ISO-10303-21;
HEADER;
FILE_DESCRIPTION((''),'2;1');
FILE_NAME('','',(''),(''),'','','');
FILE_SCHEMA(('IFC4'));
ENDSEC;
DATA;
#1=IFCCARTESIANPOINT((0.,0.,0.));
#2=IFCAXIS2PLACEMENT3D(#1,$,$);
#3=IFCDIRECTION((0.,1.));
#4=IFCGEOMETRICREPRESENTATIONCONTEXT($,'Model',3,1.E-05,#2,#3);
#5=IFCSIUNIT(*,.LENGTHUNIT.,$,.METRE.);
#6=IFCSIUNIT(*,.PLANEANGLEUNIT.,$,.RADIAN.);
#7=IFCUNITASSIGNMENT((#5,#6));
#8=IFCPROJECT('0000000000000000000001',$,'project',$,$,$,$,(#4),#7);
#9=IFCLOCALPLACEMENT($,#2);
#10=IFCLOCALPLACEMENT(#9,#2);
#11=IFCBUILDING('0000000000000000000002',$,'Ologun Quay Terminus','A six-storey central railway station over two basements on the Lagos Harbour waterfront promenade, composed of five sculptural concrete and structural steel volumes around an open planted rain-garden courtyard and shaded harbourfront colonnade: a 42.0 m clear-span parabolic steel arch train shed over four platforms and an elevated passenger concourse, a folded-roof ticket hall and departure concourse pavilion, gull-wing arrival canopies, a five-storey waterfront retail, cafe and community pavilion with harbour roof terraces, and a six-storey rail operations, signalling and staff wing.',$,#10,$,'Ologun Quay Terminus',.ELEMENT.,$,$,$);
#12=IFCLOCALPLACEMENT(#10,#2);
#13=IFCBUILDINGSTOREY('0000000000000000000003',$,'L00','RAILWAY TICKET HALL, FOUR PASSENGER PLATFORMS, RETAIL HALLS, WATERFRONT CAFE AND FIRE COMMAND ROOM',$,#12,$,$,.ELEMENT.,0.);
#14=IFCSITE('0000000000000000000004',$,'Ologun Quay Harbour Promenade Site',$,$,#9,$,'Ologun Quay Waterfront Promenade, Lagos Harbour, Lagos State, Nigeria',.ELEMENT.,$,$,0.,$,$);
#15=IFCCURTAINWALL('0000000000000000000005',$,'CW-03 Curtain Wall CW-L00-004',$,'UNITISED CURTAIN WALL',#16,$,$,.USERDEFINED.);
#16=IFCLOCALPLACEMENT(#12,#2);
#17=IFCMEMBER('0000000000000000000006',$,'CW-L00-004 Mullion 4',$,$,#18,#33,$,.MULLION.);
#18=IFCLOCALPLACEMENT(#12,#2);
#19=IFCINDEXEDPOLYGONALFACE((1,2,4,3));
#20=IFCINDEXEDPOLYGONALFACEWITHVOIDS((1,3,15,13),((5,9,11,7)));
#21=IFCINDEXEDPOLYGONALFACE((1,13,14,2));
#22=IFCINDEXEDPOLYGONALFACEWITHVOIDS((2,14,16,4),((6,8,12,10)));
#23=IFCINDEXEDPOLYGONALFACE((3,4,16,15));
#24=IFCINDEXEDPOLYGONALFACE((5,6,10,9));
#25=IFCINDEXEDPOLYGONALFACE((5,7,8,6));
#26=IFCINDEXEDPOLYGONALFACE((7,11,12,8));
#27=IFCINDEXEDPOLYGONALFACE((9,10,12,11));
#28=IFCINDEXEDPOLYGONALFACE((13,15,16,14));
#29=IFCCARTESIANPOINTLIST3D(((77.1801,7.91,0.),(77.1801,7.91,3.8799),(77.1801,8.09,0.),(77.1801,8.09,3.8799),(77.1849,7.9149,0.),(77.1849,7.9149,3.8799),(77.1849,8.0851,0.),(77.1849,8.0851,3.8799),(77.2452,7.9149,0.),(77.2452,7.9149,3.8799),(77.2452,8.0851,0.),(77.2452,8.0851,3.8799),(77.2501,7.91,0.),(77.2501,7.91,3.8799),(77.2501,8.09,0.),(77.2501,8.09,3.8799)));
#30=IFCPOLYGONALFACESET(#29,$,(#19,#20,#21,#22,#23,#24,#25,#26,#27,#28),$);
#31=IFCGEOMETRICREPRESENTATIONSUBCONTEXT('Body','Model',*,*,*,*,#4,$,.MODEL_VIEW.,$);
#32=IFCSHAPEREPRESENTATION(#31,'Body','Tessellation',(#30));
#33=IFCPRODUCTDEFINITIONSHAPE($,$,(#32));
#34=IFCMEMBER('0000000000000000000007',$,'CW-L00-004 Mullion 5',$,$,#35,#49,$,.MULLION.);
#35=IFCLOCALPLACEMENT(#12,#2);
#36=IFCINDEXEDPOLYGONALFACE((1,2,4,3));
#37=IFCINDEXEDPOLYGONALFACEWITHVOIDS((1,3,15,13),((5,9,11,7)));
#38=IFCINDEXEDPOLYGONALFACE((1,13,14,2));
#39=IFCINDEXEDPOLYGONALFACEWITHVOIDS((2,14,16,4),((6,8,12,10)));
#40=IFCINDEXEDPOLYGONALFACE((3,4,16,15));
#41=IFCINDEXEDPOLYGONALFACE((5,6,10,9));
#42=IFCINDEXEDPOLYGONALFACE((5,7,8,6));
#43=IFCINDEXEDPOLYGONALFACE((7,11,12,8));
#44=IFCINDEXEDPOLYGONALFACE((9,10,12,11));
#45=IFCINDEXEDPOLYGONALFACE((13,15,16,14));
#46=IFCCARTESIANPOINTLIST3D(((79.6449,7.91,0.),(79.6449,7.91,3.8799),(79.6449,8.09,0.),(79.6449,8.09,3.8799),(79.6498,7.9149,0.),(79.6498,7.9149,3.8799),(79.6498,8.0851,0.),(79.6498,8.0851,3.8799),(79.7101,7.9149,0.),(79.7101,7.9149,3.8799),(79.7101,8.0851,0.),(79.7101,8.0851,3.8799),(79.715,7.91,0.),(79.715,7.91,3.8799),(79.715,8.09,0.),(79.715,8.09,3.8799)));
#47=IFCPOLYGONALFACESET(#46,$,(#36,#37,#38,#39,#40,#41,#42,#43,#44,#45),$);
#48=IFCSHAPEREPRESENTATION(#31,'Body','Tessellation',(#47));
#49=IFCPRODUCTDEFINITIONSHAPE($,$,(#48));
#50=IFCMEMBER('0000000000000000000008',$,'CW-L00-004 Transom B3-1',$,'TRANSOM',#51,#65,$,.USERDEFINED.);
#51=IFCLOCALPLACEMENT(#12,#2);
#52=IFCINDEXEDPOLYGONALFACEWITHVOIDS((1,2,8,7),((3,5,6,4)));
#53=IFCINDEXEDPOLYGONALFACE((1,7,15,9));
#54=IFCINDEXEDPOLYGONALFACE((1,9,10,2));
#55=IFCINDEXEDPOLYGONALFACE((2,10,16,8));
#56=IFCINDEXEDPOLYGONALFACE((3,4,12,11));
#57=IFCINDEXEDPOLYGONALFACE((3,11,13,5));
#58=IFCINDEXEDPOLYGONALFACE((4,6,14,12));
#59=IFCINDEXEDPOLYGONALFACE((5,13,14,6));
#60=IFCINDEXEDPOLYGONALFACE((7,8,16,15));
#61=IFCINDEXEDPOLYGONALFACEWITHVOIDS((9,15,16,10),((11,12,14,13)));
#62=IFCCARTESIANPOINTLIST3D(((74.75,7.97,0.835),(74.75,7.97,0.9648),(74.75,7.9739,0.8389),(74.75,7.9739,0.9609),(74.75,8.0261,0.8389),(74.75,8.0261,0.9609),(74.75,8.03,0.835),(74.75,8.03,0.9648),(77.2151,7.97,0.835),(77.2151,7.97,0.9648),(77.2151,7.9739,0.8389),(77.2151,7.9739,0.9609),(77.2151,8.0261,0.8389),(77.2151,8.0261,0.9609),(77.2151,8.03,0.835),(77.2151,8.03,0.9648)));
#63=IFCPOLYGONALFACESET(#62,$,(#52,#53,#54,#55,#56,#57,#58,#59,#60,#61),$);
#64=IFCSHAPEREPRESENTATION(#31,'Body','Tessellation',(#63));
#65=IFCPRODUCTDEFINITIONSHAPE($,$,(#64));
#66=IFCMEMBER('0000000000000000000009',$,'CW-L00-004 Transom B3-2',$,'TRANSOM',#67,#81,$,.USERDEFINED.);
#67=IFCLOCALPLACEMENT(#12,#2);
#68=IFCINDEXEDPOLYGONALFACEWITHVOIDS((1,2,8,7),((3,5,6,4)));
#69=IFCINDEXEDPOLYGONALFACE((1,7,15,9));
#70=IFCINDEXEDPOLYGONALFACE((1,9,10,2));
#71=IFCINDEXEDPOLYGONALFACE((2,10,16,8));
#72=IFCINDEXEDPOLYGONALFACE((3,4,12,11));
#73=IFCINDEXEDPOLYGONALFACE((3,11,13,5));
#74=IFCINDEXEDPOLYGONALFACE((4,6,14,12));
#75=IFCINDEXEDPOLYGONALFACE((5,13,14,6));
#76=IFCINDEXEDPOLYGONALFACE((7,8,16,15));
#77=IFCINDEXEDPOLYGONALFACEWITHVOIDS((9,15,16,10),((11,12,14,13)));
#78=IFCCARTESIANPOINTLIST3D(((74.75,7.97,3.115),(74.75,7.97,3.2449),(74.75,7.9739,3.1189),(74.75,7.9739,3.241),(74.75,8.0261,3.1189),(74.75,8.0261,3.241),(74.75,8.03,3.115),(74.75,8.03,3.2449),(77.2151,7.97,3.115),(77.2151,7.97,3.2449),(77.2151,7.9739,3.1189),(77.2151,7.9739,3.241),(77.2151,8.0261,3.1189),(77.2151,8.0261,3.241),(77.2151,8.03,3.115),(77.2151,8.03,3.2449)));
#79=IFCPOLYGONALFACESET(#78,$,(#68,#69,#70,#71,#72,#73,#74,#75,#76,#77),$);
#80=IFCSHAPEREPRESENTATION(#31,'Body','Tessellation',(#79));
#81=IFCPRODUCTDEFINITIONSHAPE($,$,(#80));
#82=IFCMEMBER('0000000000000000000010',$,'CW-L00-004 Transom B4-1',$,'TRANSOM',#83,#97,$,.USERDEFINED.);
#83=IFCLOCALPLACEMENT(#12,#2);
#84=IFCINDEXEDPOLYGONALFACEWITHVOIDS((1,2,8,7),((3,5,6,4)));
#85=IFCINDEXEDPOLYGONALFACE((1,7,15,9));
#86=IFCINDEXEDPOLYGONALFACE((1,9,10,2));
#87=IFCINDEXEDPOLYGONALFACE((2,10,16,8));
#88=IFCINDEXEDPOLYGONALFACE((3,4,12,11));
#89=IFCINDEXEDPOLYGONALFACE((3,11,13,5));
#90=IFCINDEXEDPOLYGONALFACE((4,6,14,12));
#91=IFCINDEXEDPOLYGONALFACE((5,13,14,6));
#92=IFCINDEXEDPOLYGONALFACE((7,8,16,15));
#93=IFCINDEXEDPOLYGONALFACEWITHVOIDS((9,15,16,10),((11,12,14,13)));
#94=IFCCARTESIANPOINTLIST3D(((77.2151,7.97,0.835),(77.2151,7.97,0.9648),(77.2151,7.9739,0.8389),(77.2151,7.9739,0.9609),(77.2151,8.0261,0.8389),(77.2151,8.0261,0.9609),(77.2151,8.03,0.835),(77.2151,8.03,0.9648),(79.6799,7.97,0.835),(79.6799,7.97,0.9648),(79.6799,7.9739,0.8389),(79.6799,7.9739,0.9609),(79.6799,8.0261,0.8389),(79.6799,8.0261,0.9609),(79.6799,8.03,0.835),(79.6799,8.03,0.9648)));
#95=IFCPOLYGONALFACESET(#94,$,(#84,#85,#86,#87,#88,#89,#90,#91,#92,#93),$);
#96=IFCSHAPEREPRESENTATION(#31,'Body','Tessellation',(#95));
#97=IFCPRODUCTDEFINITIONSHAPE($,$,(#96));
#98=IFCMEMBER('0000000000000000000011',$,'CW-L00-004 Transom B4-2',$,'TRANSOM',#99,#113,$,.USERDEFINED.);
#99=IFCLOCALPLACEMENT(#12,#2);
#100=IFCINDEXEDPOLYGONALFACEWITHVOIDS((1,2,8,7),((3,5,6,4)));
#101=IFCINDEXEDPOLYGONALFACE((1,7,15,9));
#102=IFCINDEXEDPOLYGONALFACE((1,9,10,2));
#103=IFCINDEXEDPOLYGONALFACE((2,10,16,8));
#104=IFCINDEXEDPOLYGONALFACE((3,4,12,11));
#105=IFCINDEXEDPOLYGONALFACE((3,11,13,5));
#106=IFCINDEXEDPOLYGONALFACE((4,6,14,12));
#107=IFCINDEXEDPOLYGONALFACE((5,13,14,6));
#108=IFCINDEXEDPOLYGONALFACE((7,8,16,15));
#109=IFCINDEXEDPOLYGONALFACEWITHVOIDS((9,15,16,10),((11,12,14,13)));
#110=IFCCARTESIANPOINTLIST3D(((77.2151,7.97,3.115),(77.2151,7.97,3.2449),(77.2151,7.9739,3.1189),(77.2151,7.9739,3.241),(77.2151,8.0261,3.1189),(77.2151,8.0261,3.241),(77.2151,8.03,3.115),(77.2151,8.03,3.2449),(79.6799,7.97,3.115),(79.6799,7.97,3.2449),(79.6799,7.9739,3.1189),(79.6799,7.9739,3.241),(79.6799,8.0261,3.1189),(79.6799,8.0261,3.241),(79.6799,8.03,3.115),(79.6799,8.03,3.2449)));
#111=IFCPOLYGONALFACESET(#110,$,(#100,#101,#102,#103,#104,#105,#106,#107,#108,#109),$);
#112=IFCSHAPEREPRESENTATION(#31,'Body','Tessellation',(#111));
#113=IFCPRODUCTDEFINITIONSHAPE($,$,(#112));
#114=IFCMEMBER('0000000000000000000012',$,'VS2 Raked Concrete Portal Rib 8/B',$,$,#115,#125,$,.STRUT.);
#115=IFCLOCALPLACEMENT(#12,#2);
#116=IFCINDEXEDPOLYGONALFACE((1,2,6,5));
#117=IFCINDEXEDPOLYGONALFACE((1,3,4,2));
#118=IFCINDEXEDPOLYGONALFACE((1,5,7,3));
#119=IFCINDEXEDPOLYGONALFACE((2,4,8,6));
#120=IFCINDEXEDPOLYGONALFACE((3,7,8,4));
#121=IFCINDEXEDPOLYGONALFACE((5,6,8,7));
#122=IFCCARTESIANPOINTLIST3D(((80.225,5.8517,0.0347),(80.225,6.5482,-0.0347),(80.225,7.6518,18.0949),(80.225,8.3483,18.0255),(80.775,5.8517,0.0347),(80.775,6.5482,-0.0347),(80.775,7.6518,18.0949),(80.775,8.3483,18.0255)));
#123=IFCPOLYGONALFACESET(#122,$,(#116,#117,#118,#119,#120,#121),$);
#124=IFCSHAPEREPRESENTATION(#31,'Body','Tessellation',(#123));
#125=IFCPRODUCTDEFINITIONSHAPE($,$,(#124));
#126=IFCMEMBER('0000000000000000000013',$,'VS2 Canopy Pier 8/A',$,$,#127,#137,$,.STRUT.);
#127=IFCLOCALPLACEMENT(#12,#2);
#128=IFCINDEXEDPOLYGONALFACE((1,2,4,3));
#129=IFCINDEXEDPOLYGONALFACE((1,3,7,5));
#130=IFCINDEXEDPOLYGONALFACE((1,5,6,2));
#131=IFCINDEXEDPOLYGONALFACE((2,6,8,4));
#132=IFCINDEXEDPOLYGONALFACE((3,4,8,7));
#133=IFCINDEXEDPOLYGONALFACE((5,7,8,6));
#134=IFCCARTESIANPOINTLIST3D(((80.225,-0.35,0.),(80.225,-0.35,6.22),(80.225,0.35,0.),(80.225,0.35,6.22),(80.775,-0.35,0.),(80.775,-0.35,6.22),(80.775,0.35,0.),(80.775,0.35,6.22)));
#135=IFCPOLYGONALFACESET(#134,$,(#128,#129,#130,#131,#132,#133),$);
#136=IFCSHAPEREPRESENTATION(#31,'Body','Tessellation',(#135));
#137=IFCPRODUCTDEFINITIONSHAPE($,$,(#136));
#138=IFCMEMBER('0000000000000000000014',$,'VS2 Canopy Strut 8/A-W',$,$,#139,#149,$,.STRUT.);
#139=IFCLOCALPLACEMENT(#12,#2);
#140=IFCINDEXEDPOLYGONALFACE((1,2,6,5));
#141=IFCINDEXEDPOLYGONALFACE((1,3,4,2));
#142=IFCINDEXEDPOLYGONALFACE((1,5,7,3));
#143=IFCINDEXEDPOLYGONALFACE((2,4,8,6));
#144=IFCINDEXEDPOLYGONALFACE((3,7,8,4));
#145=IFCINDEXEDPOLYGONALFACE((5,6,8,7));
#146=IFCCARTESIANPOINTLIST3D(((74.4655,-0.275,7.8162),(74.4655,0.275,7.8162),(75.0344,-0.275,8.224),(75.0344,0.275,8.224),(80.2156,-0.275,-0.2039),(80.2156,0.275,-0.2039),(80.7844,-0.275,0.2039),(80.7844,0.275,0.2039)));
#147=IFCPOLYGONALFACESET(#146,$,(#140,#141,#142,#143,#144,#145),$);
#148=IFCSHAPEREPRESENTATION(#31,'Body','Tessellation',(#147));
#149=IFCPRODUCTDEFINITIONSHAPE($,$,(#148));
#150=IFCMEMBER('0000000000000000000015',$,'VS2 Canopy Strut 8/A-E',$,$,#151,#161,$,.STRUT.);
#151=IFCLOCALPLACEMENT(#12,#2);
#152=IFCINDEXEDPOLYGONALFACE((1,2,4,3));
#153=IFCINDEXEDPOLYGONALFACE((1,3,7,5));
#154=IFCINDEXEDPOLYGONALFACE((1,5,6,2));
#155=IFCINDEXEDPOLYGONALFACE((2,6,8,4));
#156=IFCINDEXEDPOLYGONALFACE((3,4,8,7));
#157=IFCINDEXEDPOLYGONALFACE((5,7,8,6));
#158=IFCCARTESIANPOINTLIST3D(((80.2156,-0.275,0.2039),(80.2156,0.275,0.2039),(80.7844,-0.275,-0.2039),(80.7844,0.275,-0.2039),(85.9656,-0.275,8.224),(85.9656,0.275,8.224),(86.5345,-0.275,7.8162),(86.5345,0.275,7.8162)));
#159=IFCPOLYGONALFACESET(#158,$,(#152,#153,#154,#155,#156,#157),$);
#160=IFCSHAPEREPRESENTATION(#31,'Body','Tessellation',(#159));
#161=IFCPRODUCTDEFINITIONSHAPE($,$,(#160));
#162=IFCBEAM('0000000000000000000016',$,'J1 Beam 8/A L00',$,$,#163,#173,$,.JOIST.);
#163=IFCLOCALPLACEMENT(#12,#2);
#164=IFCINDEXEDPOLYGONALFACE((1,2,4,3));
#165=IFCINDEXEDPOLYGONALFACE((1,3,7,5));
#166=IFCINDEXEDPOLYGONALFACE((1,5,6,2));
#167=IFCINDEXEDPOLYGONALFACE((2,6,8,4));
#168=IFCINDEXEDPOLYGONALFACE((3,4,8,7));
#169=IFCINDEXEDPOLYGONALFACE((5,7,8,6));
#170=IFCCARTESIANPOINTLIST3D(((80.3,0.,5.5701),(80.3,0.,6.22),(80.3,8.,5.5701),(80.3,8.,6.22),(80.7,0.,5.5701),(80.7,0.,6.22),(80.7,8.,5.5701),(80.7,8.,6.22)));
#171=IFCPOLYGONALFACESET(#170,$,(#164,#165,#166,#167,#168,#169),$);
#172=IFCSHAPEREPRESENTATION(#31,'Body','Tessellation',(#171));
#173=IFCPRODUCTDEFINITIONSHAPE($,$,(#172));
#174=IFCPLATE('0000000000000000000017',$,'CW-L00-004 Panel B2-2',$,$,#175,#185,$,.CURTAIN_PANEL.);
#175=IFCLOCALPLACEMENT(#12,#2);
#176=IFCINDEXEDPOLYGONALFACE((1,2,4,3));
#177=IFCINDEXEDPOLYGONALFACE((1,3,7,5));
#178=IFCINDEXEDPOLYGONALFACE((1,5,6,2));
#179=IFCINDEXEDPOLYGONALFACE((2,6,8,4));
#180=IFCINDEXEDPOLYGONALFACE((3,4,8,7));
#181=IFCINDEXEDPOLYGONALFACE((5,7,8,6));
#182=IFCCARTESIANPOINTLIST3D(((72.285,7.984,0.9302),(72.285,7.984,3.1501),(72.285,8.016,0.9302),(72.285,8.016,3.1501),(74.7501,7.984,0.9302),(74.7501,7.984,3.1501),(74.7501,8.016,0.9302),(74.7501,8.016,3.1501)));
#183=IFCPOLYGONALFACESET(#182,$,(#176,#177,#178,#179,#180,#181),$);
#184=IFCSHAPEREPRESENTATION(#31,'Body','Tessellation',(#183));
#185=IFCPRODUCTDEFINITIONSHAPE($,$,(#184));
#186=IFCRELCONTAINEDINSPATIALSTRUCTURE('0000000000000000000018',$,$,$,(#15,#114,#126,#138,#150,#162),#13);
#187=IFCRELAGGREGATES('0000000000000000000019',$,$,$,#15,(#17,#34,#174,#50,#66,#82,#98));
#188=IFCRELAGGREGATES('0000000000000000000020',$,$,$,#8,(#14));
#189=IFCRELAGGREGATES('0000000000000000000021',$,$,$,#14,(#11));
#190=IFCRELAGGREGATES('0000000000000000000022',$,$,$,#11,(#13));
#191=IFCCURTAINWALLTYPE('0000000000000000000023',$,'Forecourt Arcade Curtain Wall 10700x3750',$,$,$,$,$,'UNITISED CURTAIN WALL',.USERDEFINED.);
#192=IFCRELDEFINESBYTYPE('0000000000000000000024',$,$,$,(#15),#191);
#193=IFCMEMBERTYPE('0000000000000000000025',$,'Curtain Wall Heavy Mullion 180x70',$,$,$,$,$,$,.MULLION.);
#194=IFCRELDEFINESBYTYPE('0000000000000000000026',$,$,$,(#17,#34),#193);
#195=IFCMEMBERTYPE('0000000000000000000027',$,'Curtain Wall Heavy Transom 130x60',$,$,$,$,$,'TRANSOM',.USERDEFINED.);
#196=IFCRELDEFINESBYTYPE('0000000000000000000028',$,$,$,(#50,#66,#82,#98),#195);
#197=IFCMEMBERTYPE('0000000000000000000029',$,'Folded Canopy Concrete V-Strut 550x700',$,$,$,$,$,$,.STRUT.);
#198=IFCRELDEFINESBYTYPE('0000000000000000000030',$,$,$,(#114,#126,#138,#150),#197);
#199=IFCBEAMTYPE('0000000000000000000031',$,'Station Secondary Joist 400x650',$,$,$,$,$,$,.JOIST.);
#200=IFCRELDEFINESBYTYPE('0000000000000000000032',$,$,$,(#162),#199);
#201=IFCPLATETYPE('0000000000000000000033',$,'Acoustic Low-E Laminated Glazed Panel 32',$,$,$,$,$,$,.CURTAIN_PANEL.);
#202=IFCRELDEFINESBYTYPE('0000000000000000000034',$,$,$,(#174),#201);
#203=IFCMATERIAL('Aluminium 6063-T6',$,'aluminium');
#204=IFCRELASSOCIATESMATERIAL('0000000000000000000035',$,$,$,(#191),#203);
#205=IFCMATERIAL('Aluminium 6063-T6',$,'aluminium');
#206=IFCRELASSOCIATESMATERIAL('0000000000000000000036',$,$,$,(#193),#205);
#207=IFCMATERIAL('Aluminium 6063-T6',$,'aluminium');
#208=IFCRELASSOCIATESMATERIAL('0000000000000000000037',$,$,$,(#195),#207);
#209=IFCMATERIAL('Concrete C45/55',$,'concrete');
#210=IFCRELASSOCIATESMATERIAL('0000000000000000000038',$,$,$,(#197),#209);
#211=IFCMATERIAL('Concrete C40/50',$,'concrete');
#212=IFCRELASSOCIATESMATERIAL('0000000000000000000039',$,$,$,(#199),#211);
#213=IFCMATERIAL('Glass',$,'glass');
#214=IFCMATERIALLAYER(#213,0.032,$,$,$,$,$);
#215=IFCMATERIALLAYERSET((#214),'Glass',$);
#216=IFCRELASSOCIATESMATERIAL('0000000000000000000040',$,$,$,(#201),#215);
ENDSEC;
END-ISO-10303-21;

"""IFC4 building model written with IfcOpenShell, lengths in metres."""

from ifc_helpers import new_model, si_unit, direction, frame, origin, origin_2d, place, context, subcontext, project, spatial, rectangle, hollow_rectangle, extrude, material, layer, layer_set, material_profile, profile_set, type_object, element, aggregate, save


model = new_model("IFC4")

# Units and contexts
model_context = context("Model", 3, precision=1e-05, world=origin(), true_north=direction((0.0, 1.0)))
body_context = subcontext(model_context, "Body", "Model", "MODEL_VIEW")
ifc_project = project(units=[si_unit("LENGTHUNIT", "METRE"), si_unit("PLANEANGLEUNIT", "RADIAN")], contexts=[model_context])

# Site, building, storey
site_placement = place(None, origin())
site = spatial("IfcSite", under=ifc_project, at=site_placement, Name="Ologun Quay Harbour Promenade Site", LongName="Ologun Quay Waterfront Promenade, Lagos Harbour, Lagos State, Nigeria", CompositionType="ELEMENT", RefElevation=0.0)
building_placement = place(site_placement, origin())
building = spatial("IfcBuilding", under=site, at=building_placement, Name="Ologun Quay Terminus", Description="A six-storey central railway station over two basements on the Lagos Harbour waterfront promenade, composed of five sculptural concrete and structural steel volumes around an open planted rain-garden courtyard and shaded harbourfront colonnade: a 42.0 m clear-span parabolic steel arch train shed over four platforms and an elevated passenger concourse, a folded-roof ticket hall and departure concourse pavilion, gull-wing arrival canopies, a five-storey waterfront retail, cafe and community pavilion with harbour roof terraces, and a six-storey rail operations, signalling and staff wing.", LongName="Ologun Quay Terminus", CompositionType="ELEMENT")
storey_placement = place(building_placement, origin())
storey = spatial("IfcBuildingStorey", under=building, at=storey_placement, Name="L00", Description="RAILWAY TICKET HALL, FOUR PASSENGER PLATFORMS, RETAIL HALLS, WATERFRONT CAFE AND FIRE COMMAND ROOM", CompositionType="ELEMENT", Elevation=0.0)

# Curtain wall, members
ifc_material_1 = material(Name="Aluminium 6063-T6", Category="aluminium")
curtain_wall_type = type_object("IfcCurtainWallType", Name="Forecourt Arcade Curtain Wall 10700x3750", ElementType="UNITISED CURTAIN WALL", PredefinedType="USERDEFINED", material=ifc_material_1)
curtain_wall_placement = place(storey_placement, origin())
curtain_wall = element("IfcCurtainWall", 1, at=curtain_wall_placement, inside=storey, type_object=curtain_wall_type, Name="CW-03 Curtain Wall CW-L00-004", ObjectType="UNITISED CURTAIN WALL", PredefinedType="USERDEFINED")
ifc_material_2 = material(Name="Aluminium 6063-T6", Category="aluminium")
ifc_material_profile_1 = material_profile(ifc_material_2, hollow_rectangle(XDim=0.0701, YDim=0.1799, WallThickness=0.0049, at=origin_2d()), Name="ALU 180x70x5")
ifc_profile_set_1 = profile_set([ifc_material_profile_1], Name="Aluminium 6063-T6")
member_type_1 = type_object("IfcMemberType", Name="Curtain Wall Heavy Mullion 180x70", PredefinedType="MULLION", material=ifc_profile_set_1)
member_1_placement = place(storey_placement, frame((77.2151, 8.0, 0.0), z_axis=(0.0, 0.0, 1.0), x_axis=(1.0, 0.0, 0.0)))
member_1 = element("IfcMember", 2, at=member_1_placement, type_object=member_type_1, Name="CW-L00-004 Mullion 4", PredefinedType="MULLION", context=body_context, shape_type="SweptSolid", body=[
    extrude(hollow_rectangle(XDim=0.0701, YDim=0.1799, WallThickness=0.0049, at=origin_2d()), origin(), (0.0, 0.0, 1.0), 3.8799),
])
member_2_placement = place(storey_placement, frame((79.6799, 8.0, 0.0), z_axis=(0.0, 0.0, 1.0), x_axis=(1.0, 0.0, 0.0)))
member_2 = element("IfcMember", 3, at=member_2_placement, type_object=member_type_1, Name="CW-L00-004 Mullion 5", PredefinedType="MULLION", context=body_context, shape_type="SweptSolid", body=[
    extrude(hollow_rectangle(XDim=0.0701, YDim=0.1799, WallThickness=0.0049, at=origin_2d()), origin(), (0.0, 0.0, 1.0), 3.8799),
])
ifc_material_3 = material(Name="Aluminium 6063-T6", Category="aluminium")
ifc_material_profile_2 = material_profile(ifc_material_3, hollow_rectangle(XDim=0.0601, YDim=0.1299, WallThickness=0.0039, at=origin_2d()), Name="ALU 130x60x4")
ifc_profile_set_2 = profile_set([ifc_material_profile_2], Name="Aluminium 6063-T6")
member_type_2 = type_object("IfcMemberType", Name="Curtain Wall Heavy Transom 130x60", ElementType="TRANSOM", PredefinedType="USERDEFINED", material=ifc_profile_set_2)
member_3_placement = place(storey_placement, frame((74.75, 8.0, 0.8999), z_axis=(1.0, 0.0, 0.0), x_axis=(0.0, 1.0, 0.0)))
member_3 = element("IfcMember", 4, at=member_3_placement, type_object=member_type_2, Name="CW-L00-004 Transom B3-1", ObjectType="TRANSOM", PredefinedType="USERDEFINED", context=body_context, shape_type="SweptSolid", body=[
    extrude(hollow_rectangle(XDim=0.0601, YDim=0.1299, WallThickness=0.0039, at=origin_2d()), origin(), (0.0, 0.0, 1.0), 2.4651),
])
member_4_placement = place(storey_placement, frame((74.75, 8.0, 3.1799), z_axis=(1.0, 0.0, 0.0), x_axis=(0.0, 1.0, 0.0)))
member_4 = element("IfcMember", 5, at=member_4_placement, type_object=member_type_2, Name="CW-L00-004 Transom B3-2", ObjectType="TRANSOM", PredefinedType="USERDEFINED", context=body_context, shape_type="SweptSolid", body=[
    extrude(hollow_rectangle(XDim=0.0601, YDim=0.1299, WallThickness=0.0039, at=origin_2d()), origin(), (0.0, 0.0, 1.0), 2.4651),
])
member_5_placement = place(storey_placement, frame((77.2151, 8.0, 0.8999), z_axis=(1.0, 0.0, 0.0), x_axis=(0.0, 1.0, 0.0)))
member_5 = element("IfcMember", 6, at=member_5_placement, type_object=member_type_2, Name="CW-L00-004 Transom B4-1", ObjectType="TRANSOM", PredefinedType="USERDEFINED", context=body_context, shape_type="SweptSolid", body=[
    extrude(hollow_rectangle(XDim=0.0601, YDim=0.1299, WallThickness=0.0039, at=origin_2d()), origin(), (0.0, 0.0, 1.0), 2.4648),
])
member_6_placement = place(storey_placement, frame((77.2151, 8.0, 3.1799), z_axis=(1.0, 0.0, 0.0), x_axis=(0.0, 1.0, 0.0)))
member_6 = element("IfcMember", 7, at=member_6_placement, type_object=member_type_2, Name="CW-L00-004 Transom B4-2", ObjectType="TRANSOM", PredefinedType="USERDEFINED", context=body_context, shape_type="SweptSolid", body=[
    extrude(hollow_rectangle(XDim=0.0601, YDim=0.1299, WallThickness=0.0039, at=origin_2d()), origin(), (0.0, 0.0, 1.0), 2.4648),
])

# Members
ifc_material_4 = material(Name="Concrete C45/55", Category="concrete")
ifc_material_profile_3 = material_profile(ifc_material_4, rectangle(XDim=0.55, YDim=0.7, at=origin_2d()), Name="RC 550x700")
ifc_profile_set_3 = profile_set([ifc_material_profile_3], Name="Concrete C45/55")
member_type_3 = type_object("IfcMemberType", Name="Folded Canopy Concrete V-Strut 550x700", PredefinedType="STRUT", material=ifc_profile_set_3)
member_7_placement = place(storey_placement, frame((80.5, 6.2, 0.0), z_axis=(0.0, 0.099179, 0.99507), x_axis=(-1.0, 0.0, 0.0)))
element("IfcMember", 8, at=member_7_placement, inside=storey, type_object=member_type_3, Name="VS2 Raked Concrete Portal Rib 8/B", PredefinedType="STRUT", context=body_context, shape_type="SweptSolid", body=[
    extrude(rectangle(XDim=0.55, YDim=0.7, at=origin_2d()), origin(), (0.0, 0.0, 1.0), 18.1497),
])
member_8_placement = place(storey_placement, frame((80.5, 0.0, 0.0), z_axis=(0.0, 0.0, 1.0), x_axis=(1.0, 0.0, 0.0)))
element("IfcMember", 9, at=member_8_placement, inside=storey, type_object=member_type_3, Name="VS2 Canopy Pier 8/A", PredefinedType="STRUT", context=body_context, shape_type="SweptSolid", body=[
    extrude(rectangle(XDim=0.55, YDim=0.7, at=origin_2d()), origin(), (0.0, 0.0, 1.0), 6.22),
])
for number, where, z_axis, x_axis, name in (
    (10, (80.5, 0.0, 0.0), (-0.582674, 0.0, 0.812706), (0.0, -1.0, 0.0), "VS2 Canopy Strut 8/A-W"),
    (11, (80.5, 0.0, 0.0), (0.582674, 0.0, 0.812706), (0.0, 1.0, 0.0), "VS2 Canopy Strut 8/A-E"),
):
    element("IfcMember", number, at=place(storey_placement, frame(where, z_axis=z_axis, x_axis=x_axis)), inside=storey, type_object=member_type_3, Name=name, PredefinedType="STRUT", context=body_context, shape_type="SweptSolid", body=[
        extrude(rectangle(XDim=0.55, YDim=0.7, at=origin_2d()), origin(), (0.0, 0.0, 1.0), 9.8684),
    ])

# Beam
ifc_material_5 = material(Name="Concrete C40/50", Category="concrete")
ifc_material_profile_4 = material_profile(ifc_material_5, rectangle(XDim=0.3999, YDim=0.6499, at=origin_2d()), Name="RC 400x650")
ifc_profile_set_4 = profile_set([ifc_material_profile_4], Name="Concrete C40/50")
beam_type = type_object("IfcBeamType", Name="Station Secondary Joist 400x650", PredefinedType="JOIST", material=ifc_profile_set_4)
beam_placement = place(storey_placement, frame((80.5, 0.0, 5.895), z_axis=(0.0, 1.0, 0.0), x_axis=(-1.0, 0.0, 0.0)))
element("IfcBeam", 12, at=beam_placement, inside=storey, type_object=beam_type, Name="J1 Beam 8/A L00", PredefinedType="JOIST", context=body_context, shape_type="SweptSolid", body=[
    extrude(rectangle(XDim=0.3999, YDim=0.6499, at=origin_2d()), origin(), (0.0, 0.0, 1.0), 8.0),
])

# Plate
ifc_material_6 = material(Name="Glass", Category="glass")
ifc_layer_1 = layer(ifc_material_6, 0.032)
ifc_layer_set_1 = layer_set([ifc_layer_1], Name="Glass")
plate_type_1 = type_object("IfcPlateType", Name="Acoustic Low-E Laminated Glazed Panel 32", PredefinedType="CURTAIN_PANEL", material=ifc_layer_set_1)
plate_1_placement = place(storey_placement, frame((73.5176, 8.0, 0.9302), z_axis=(0.0, 0.0, 1.0), x_axis=(1.0, 0.0, 0.0)))
plate_1 = element("IfcPlate", 13, at=plate_1_placement, type_object=plate_type_1, Name="CW-L00-004 Panel B2-2", PredefinedType="CURTAIN_PANEL", context=body_context, shape_type="SweptSolid", body=[
    extrude(rectangle(XDim=2.4651, YDim=0.032, at=origin_2d()), origin(), (0.0, 0.0, 1.0), 2.22),
])
aggregate(curtain_wall, [member_1, member_2, plate_1, member_3, member_4, member_5, member_6])

save(model, "model.ifc")
